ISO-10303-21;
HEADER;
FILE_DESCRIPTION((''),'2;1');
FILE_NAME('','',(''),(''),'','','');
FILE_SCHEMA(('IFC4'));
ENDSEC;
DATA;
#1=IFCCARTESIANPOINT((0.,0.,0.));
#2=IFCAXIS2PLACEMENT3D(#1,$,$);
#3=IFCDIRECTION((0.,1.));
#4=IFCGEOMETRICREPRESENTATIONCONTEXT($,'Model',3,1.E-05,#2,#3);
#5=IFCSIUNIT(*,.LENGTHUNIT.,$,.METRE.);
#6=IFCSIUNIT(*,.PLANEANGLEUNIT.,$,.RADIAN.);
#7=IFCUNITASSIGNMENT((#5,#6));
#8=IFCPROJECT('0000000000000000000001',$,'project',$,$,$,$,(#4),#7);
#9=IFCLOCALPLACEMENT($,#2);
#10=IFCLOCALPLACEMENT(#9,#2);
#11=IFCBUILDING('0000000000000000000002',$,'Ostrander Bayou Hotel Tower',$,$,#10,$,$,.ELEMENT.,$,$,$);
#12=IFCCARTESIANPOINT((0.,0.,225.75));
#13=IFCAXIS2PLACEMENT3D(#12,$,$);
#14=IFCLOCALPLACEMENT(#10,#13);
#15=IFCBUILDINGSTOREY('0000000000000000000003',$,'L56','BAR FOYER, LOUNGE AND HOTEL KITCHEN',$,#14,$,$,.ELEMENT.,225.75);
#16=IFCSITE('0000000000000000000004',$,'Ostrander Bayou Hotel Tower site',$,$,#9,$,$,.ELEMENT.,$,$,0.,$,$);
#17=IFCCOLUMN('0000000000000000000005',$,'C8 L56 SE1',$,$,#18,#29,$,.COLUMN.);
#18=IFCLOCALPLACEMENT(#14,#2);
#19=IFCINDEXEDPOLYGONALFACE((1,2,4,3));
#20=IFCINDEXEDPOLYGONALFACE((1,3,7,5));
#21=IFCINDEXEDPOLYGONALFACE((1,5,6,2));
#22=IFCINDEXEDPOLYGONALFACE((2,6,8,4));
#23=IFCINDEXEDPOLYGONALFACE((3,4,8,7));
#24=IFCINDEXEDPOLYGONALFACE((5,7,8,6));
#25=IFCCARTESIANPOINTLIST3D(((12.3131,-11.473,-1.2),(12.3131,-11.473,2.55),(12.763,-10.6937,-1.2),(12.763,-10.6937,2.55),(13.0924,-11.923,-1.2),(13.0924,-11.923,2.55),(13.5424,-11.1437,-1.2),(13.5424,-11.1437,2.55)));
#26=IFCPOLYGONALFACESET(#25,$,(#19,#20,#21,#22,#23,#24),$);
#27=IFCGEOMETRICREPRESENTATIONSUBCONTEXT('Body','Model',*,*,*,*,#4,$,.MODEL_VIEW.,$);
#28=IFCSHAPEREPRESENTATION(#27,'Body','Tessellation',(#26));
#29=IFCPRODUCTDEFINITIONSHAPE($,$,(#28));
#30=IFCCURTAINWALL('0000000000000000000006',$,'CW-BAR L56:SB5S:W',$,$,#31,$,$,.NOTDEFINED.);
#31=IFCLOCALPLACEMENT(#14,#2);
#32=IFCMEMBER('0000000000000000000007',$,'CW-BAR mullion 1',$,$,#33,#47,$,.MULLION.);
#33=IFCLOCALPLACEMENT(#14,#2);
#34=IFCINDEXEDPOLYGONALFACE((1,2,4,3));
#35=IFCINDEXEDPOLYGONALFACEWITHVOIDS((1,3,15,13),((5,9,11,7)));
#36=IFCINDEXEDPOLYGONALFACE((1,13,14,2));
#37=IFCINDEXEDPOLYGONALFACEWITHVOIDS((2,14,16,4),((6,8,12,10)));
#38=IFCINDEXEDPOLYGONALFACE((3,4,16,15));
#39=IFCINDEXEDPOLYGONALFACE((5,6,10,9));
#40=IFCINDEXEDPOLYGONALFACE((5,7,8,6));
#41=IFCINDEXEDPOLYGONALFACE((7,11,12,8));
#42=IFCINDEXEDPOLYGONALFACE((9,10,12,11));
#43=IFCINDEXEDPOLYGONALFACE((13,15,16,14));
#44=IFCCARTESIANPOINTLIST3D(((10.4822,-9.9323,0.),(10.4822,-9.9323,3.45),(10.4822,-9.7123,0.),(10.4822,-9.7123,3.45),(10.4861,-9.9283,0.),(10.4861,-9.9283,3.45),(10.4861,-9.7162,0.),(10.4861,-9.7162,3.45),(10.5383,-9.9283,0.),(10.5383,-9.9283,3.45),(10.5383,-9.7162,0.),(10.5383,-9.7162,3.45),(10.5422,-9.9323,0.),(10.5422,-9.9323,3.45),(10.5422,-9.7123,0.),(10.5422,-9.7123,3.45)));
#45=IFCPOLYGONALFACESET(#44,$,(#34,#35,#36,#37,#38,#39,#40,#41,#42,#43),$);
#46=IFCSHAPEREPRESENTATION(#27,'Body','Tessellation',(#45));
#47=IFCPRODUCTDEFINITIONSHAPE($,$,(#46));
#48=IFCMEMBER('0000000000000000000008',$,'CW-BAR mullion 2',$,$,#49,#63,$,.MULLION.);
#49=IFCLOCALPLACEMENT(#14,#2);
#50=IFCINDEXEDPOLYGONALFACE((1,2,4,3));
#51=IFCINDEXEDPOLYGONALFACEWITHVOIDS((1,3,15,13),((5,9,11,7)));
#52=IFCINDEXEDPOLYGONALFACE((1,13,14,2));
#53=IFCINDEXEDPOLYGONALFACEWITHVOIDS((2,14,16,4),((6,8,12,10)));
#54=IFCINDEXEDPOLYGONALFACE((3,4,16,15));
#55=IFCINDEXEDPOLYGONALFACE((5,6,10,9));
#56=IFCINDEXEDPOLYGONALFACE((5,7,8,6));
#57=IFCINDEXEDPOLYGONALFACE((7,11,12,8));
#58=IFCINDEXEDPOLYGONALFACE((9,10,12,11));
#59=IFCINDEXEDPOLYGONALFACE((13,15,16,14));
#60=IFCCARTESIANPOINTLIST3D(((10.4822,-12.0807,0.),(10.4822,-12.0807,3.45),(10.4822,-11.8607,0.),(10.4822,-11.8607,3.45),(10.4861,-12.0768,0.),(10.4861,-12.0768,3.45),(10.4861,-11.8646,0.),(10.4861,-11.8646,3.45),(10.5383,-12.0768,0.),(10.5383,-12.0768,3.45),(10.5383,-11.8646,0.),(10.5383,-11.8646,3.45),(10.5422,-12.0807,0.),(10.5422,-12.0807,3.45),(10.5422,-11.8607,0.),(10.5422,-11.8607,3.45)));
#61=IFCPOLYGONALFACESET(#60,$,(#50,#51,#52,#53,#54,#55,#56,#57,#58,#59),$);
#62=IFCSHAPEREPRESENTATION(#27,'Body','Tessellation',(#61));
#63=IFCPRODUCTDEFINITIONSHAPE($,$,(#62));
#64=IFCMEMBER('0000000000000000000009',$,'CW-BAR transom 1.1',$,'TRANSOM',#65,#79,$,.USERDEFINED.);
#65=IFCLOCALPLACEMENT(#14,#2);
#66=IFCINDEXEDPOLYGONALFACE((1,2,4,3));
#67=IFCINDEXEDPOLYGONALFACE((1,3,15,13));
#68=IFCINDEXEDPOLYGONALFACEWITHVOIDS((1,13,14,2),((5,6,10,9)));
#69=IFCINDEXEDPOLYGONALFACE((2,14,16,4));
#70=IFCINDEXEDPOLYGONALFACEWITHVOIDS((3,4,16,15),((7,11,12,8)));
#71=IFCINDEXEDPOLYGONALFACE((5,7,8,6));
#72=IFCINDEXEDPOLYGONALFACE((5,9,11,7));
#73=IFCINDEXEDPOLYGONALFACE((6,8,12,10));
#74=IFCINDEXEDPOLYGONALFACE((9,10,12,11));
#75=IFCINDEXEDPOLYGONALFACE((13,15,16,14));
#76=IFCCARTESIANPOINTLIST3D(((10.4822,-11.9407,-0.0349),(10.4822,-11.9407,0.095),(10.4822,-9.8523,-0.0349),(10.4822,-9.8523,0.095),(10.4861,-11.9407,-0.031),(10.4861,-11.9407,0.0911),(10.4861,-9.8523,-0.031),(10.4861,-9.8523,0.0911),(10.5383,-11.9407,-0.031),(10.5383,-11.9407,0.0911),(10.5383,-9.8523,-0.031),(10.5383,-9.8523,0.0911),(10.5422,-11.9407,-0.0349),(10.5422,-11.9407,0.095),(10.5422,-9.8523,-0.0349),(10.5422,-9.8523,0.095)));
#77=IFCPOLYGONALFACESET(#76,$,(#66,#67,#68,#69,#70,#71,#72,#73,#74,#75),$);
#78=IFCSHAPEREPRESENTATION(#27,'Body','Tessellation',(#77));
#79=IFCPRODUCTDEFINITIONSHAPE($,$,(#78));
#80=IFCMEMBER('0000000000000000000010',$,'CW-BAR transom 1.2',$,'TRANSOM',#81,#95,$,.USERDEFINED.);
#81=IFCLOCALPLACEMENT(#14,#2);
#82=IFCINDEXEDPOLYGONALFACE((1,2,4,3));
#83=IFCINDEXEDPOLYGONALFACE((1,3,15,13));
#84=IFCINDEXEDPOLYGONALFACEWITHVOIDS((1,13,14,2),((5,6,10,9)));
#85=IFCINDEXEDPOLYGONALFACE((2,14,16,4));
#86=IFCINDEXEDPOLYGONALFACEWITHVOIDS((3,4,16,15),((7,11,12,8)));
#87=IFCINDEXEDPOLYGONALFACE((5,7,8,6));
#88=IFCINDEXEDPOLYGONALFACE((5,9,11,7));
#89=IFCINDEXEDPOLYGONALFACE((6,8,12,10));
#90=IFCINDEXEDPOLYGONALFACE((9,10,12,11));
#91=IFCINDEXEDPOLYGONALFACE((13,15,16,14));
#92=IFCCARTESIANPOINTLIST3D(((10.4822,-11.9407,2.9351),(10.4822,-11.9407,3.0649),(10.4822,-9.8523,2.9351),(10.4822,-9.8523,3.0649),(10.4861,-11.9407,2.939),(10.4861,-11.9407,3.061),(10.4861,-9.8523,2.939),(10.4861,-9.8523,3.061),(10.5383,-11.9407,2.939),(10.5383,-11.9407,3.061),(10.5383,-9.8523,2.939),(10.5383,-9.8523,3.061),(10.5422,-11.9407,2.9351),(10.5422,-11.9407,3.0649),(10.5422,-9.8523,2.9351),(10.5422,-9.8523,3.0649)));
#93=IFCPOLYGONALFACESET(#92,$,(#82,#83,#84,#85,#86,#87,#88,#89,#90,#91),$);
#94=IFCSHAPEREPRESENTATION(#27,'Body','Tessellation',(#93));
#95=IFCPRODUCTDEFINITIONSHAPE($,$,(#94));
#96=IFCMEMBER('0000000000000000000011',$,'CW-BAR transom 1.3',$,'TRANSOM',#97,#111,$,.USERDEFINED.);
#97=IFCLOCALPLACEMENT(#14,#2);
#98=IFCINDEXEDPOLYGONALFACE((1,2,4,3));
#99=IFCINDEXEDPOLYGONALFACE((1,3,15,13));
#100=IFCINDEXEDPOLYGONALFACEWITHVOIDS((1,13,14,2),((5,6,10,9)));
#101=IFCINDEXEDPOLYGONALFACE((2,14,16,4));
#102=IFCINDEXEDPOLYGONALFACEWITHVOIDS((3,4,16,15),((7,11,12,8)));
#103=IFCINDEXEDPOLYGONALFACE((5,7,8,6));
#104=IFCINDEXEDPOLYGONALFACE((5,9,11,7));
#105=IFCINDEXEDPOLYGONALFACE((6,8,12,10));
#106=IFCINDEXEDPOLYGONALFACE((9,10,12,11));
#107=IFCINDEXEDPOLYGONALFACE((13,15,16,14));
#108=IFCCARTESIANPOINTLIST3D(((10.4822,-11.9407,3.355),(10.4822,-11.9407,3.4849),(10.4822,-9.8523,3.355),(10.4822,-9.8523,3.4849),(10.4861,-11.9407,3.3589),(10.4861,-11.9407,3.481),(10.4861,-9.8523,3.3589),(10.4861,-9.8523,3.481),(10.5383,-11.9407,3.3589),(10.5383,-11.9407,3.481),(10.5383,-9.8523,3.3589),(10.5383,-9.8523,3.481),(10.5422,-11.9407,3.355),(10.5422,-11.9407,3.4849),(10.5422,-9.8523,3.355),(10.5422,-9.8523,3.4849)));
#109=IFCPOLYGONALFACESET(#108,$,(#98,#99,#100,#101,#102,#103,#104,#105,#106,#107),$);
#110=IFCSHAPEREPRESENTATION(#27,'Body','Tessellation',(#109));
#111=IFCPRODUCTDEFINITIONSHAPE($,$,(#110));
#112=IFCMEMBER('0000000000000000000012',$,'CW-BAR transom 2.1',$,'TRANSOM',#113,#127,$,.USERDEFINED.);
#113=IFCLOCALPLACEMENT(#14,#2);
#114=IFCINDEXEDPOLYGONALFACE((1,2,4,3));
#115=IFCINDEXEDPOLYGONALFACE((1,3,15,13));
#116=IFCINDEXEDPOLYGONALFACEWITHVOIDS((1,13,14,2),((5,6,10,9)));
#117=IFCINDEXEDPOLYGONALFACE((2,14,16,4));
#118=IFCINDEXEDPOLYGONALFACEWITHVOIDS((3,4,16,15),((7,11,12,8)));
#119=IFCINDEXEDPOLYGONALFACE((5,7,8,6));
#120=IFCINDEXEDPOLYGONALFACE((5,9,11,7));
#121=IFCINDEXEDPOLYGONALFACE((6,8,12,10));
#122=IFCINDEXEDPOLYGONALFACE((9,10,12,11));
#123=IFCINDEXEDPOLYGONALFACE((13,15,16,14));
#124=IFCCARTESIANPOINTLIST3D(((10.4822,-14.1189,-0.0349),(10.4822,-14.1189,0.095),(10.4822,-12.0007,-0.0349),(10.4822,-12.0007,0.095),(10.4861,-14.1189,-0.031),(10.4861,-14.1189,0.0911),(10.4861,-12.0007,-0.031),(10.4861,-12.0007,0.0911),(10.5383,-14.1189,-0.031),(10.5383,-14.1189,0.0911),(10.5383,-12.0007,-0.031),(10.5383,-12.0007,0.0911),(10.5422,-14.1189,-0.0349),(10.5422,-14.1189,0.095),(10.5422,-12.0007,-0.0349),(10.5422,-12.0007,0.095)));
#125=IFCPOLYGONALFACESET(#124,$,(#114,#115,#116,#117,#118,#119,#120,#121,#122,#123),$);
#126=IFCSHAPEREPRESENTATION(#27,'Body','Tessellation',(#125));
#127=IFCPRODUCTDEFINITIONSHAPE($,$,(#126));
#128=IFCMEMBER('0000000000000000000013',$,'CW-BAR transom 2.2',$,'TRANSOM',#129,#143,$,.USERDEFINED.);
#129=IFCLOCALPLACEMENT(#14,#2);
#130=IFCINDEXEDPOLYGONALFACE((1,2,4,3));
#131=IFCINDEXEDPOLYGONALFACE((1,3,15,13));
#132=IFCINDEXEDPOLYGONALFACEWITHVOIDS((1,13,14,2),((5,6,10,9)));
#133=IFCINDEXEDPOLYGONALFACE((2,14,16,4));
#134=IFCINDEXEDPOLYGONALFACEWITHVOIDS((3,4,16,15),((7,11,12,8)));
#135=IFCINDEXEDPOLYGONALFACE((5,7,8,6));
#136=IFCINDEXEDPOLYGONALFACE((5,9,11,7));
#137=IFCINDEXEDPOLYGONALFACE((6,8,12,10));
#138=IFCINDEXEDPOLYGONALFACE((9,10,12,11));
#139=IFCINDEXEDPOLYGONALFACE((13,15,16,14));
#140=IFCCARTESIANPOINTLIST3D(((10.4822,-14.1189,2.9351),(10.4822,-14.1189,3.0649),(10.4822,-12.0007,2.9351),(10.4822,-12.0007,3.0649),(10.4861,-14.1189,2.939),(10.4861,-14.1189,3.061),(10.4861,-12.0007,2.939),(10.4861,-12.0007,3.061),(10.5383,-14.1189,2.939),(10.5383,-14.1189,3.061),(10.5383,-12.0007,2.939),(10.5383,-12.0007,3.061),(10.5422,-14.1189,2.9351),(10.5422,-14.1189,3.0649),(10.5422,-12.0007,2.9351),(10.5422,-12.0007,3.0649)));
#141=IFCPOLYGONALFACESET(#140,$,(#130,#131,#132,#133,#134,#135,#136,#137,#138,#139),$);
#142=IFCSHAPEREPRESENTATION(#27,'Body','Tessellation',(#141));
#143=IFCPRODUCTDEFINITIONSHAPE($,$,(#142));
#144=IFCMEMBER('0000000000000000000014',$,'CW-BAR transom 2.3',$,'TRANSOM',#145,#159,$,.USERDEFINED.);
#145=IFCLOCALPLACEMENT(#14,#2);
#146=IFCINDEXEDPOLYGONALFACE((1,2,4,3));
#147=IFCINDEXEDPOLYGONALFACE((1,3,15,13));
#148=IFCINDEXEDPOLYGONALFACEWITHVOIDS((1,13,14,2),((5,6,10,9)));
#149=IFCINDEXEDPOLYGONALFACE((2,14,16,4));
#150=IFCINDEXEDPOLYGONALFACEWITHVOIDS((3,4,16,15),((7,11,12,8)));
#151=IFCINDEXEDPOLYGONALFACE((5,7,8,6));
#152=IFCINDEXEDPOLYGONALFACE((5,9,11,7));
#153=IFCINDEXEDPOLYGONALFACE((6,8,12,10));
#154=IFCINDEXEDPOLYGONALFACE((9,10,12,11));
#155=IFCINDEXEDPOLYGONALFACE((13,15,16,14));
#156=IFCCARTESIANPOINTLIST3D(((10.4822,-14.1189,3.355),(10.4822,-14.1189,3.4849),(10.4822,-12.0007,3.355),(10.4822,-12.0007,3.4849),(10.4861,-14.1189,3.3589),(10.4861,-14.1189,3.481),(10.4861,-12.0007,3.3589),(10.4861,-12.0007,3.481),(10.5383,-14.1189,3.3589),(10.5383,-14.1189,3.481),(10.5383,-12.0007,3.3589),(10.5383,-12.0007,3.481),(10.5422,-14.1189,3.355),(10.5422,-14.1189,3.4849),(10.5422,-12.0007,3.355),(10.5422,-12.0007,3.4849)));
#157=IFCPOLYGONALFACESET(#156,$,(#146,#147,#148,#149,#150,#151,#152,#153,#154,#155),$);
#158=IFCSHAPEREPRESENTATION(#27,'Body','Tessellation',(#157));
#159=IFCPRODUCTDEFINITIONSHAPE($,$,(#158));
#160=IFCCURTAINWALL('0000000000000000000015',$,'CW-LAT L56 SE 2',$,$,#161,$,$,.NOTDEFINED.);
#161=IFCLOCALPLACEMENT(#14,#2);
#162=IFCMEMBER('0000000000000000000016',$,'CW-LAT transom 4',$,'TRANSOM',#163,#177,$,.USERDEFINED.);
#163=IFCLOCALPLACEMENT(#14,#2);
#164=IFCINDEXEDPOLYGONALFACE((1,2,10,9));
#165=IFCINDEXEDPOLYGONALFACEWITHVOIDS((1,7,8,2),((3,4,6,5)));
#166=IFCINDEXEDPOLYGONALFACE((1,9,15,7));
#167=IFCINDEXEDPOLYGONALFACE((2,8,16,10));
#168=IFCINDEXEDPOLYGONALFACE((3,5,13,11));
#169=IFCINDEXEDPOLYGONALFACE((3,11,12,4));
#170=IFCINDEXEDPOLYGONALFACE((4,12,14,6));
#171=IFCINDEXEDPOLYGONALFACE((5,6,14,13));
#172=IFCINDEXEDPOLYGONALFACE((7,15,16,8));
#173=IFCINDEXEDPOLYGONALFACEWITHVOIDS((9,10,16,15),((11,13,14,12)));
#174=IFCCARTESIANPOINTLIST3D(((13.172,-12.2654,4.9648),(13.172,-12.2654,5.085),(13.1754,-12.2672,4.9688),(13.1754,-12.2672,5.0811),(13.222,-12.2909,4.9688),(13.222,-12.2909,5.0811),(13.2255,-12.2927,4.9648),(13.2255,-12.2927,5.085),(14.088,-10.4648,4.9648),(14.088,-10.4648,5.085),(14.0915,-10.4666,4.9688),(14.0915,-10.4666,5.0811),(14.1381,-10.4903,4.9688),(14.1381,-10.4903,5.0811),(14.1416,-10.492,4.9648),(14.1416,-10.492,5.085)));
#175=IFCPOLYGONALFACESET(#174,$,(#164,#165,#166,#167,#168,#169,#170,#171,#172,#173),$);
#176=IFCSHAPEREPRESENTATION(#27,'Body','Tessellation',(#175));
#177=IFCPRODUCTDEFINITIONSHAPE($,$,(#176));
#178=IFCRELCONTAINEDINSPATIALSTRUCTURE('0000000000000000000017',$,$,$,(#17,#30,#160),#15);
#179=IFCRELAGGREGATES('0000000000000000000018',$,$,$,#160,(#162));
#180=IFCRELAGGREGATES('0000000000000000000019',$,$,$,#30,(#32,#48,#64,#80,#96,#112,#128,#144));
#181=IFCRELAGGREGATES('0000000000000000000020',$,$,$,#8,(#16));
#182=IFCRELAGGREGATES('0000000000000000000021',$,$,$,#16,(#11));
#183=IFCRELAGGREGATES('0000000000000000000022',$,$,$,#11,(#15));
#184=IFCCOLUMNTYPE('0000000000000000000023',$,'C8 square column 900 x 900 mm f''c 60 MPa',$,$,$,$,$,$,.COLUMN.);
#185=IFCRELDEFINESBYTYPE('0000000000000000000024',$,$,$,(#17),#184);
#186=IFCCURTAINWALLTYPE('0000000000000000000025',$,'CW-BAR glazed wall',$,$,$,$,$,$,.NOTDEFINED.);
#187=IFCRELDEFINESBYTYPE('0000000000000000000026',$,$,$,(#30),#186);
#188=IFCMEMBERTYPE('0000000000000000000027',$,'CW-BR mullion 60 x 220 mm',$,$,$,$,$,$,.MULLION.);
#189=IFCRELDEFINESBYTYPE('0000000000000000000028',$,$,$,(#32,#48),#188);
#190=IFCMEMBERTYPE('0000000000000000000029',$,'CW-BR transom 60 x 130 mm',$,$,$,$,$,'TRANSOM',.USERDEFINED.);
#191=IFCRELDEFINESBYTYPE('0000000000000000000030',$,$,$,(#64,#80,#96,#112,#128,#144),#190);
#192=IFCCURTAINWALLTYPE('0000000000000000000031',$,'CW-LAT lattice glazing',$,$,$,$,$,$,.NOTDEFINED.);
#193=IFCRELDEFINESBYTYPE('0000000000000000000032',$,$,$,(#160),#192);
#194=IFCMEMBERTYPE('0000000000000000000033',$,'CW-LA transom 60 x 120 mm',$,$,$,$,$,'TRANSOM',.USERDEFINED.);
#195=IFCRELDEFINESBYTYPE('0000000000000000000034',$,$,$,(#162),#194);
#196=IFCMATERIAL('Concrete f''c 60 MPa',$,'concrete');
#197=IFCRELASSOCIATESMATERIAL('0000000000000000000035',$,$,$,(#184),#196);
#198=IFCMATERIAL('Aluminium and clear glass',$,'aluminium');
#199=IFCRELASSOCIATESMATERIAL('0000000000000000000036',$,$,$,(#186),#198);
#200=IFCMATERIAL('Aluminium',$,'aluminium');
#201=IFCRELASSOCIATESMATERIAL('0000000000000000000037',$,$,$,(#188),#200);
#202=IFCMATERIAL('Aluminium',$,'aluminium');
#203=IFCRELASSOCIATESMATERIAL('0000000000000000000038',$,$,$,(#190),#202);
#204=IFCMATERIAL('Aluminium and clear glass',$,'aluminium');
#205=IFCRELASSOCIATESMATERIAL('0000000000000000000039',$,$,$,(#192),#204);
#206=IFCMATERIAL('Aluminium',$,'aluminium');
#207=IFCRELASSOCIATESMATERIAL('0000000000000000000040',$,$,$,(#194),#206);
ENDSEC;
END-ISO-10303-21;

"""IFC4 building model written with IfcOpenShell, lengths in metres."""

from ifc_helpers import new_model, si_unit, direction, frame, origin, origin_2d, place, context, subcontext, project, spatial, rectangle, hollow_rectangle, extrude, material, material_profile, profile_set, type_object, element, aggregate, save


model = new_model("IFC4")

# Units and contexts
model_context = context("Model", 3, precision=1e-05, world=origin(), true_north=direction((0.0, 1.0)))
body_context = subcontext(model_context, "Body", "Model", "MODEL_VIEW")
ifc_project = project(units=[si_unit("LENGTHUNIT", "METRE"), si_unit("PLANEANGLEUNIT", "RADIAN")], contexts=[model_context])

# Site, building, storey
site_placement = place(None, origin())
site = spatial("IfcSite", under=ifc_project, at=site_placement, Name="Ostrander Bayou Hotel Tower site", CompositionType="ELEMENT", RefElevation=0.0)
building_placement = place(site_placement, origin())
building = spatial("IfcBuilding", under=site, at=building_placement, Name="Ostrander Bayou Hotel Tower", CompositionType="ELEMENT")
storey_placement = place(building_placement, frame((0.0, 0.0, 225.75)))
storey = spatial("IfcBuildingStorey", under=building, at=storey_placement, Name="L56", Description="BAR FOYER, LOUNGE AND HOTEL KITCHEN", CompositionType="ELEMENT", Elevation=225.75)

# Column
ifc_material_1 = material(Name="Concrete f'c 60 MPa", Category="concrete")
ifc_material_profile_1 = material_profile(ifc_material_1, rectangle(XDim=0.8999, YDim=0.8999, at=origin_2d()))
ifc_profile_set_1 = profile_set([ifc_material_profile_1], Name="Concrete f'c 60 MPa")
column_type = type_object("IfcColumnType", Name="C8 square column 900 x 900 mm f'c 60 MPa", PredefinedType="COLUMN", material=ifc_profile_set_1)
column_placement = place(storey_placement, frame((12.9277, -11.3083, -1.2), z_axis=(0.0, 0.0, 1.0), x_axis=(-0.5, -0.866025, 0.0)))
element("IfcColumn", 1, at=column_placement, inside=storey, type_object=column_type, Name="C8 L56 SE1", PredefinedType="COLUMN", context=body_context, shape_type="SweptSolid", body=[
    extrude(rectangle(XDim=0.8999, YDim=0.8999, at=origin_2d()), origin(), (0.0, 0.0, 1.0), 3.75),
])

# Curtain wall, members
ifc_material_2 = material(Name="Aluminium and clear glass", Category="aluminium")
curtain_wall_type_1 = type_object("IfcCurtainWallType", Name="CW-BAR glazed wall", PredefinedType="NOTDEFINED", material=ifc_material_2)
curtain_wall_1_placement = place(storey_placement, origin())
curtain_wall_1 = element("IfcCurtainWall", 2, at=curtain_wall_1_placement, inside=storey, type_object=curtain_wall_type_1, Name="CW-BAR L56:SB5S:W", PredefinedType="NOTDEFINED")
ifc_material_3 = material(Name="Aluminium", Category="aluminium")
ifc_material_profile_2 = material_profile(ifc_material_3, hollow_rectangle(XDim=0.0601, YDim=0.22, WallThickness=0.0039, at=origin_2d()))
ifc_profile_set_2 = profile_set([ifc_material_profile_2], Name="Aluminium")
member_type_1 = type_object("IfcMemberType", Name="CW-BR mullion 60 x 220 mm", PredefinedType="MULLION", material=ifc_profile_set_2)
member_1_placement = place(storey_placement, frame((10.5122, -9.8223, 0.0), z_axis=(0.0, 0.0, 1.0), x_axis=(1.0, 0.0, 0.0)))
member_1 = element("IfcMember", 3, at=member_1_placement, type_object=member_type_1, Name="CW-BAR mullion 1", PredefinedType="MULLION", context=body_context, shape_type="SweptSolid", body=[
    extrude(hollow_rectangle(XDim=0.0601, YDim=0.22, WallThickness=0.0039, at=origin_2d()), origin(), (0.0, 0.0, 1.0), 3.45),
])
member_2_placement = place(storey_placement, frame((10.5122, -11.9707, 0.0), z_axis=(0.0, 0.0, 1.0), x_axis=(1.0, 0.0, 0.0)))
member_2 = element("IfcMember", 4, at=member_2_placement, type_object=member_type_1, Name="CW-BAR mullion 2", PredefinedType="MULLION", context=body_context, shape_type="SweptSolid", body=[
    extrude(hollow_rectangle(XDim=0.0601, YDim=0.22, WallThickness=0.0039, at=origin_2d()), origin(), (0.0, 0.0, 1.0), 3.45),
])
ifc_material_4 = material(Name="Aluminium", Category="aluminium")
ifc_material_profile_3 = material_profile(ifc_material_4, hollow_rectangle(XDim=0.0601, YDim=0.1299, WallThickness=0.0039, at=origin_2d()))
ifc_profile_set_3 = profile_set([ifc_material_profile_3], Name="Aluminium")
member_type_2 = type_object("IfcMemberType", Name="CW-BR transom 60 x 130 mm", ElementType="TRANSOM", PredefinedType="USERDEFINED", material=ifc_profile_set_3)
member_3_placement = place(storey_placement, frame((10.5122, -9.8523, 0.03), z_axis=(0.0, -1.0, 0.0), x_axis=(1.0, 0.0, 0.0)))
member_3 = element("IfcMember", 5, at=member_3_placement, type_object=member_type_2, Name="CW-BAR transom 1.1", ObjectType="TRANSOM", PredefinedType="USERDEFINED", context=body_context, shape_type="SweptSolid", body=[
    extrude(hollow_rectangle(XDim=0.0601, YDim=0.1299, WallThickness=0.0039, at=origin_2d()), origin(), (0.0, 0.0, 1.0), 2.0884),
])
member_4_placement = place(storey_placement, frame((10.5122, -9.8523, 3.0), z_axis=(0.0, -1.0, 0.0), x_axis=(1.0, 0.0, 0.0)))
member_4 = element("IfcMember", 6, at=member_4_placement, type_object=member_type_2, Name="CW-BAR transom 1.2", ObjectType="TRANSOM", PredefinedType="USERDEFINED", context=body_context, shape_type="SweptSolid", body=[
    extrude(hollow_rectangle(XDim=0.0601, YDim=0.1299, WallThickness=0.0039, at=origin_2d()), origin(), (0.0, 0.0, 1.0), 2.0884),
])
member_5_placement = place(storey_placement, frame((10.5122, -9.8523, 3.4199), z_axis=(0.0, -1.0, 0.0), x_axis=(1.0, 0.0, 0.0)))
member_5 = element("IfcMember", 7, at=member_5_placement, type_object=member_type_2, Name="CW-BAR transom 1.3", ObjectType="TRANSOM", PredefinedType="USERDEFINED", context=body_context, shape_type="SweptSolid", body=[
    extrude(hollow_rectangle(XDim=0.0601, YDim=0.1299, WallThickness=0.0039, at=origin_2d()), origin(), (0.0, 0.0, 1.0), 2.0884),
])
member_6_placement = place(storey_placement, frame((10.5122, -12.0007, 0.03), z_axis=(0.0, -1.0, 0.0), x_axis=(1.0, 0.0, 0.0)))
member_6 = element("IfcMember", 8, at=member_6_placement, type_object=member_type_2, Name="CW-BAR transom 2.1", ObjectType="TRANSOM", PredefinedType="USERDEFINED", context=body_context, shape_type="SweptSolid", body=[
    extrude(hollow_rectangle(XDim=0.0601, YDim=0.1299, WallThickness=0.0039, at=origin_2d()), origin(), (0.0, 0.0, 1.0), 2.1182),
])
member_7_placement = place(storey_placement, frame((10.5122, -12.0007, 3.0), z_axis=(0.0, -1.0, 0.0), x_axis=(1.0, 0.0, 0.0)))
member_7 = element("IfcMember", 9, at=member_7_placement, type_object=member_type_2, Name="CW-BAR transom 2.2", ObjectType="TRANSOM", PredefinedType="USERDEFINED", context=body_context, shape_type="SweptSolid", body=[
    extrude(hollow_rectangle(XDim=0.0601, YDim=0.1299, WallThickness=0.0039, at=origin_2d()), origin(), (0.0, 0.0, 1.0), 2.1182),
])
member_8_placement = place(storey_placement, frame((10.5122, -12.0007, 3.4199), z_axis=(0.0, -1.0, 0.0), x_axis=(1.0, 0.0, 0.0)))
member_8 = element("IfcMember", 10, at=member_8_placement, type_object=member_type_2, Name="CW-BAR transom 2.3", ObjectType="TRANSOM", PredefinedType="USERDEFINED", context=body_context, shape_type="SweptSolid", body=[
    extrude(hollow_rectangle(XDim=0.0601, YDim=0.1299, WallThickness=0.0039, at=origin_2d()), origin(), (0.0, 0.0, 1.0), 2.1182),
])

# Curtain wall, member
ifc_material_5 = material(Name="Aluminium and clear glass", Category="aluminium")
curtain_wall_type_2 = type_object("IfcCurtainWallType", Name="CW-LAT lattice glazing", PredefinedType="NOTDEFINED", material=ifc_material_5)
curtain_wall_2_placement = place(storey_placement, origin())
curtain_wall_2 = element("IfcCurtainWall", 11, at=curtain_wall_2_placement, inside=storey, type_object=curtain_wall_type_2, Name="CW-LAT L56 SE 2", PredefinedType="NOTDEFINED")
ifc_material_6 = material(Name="Aluminium", Category="aluminium")
ifc_material_profile_4 = material_profile(ifc_material_6, hollow_rectangle(XDim=0.0601, YDim=0.1201, WallThickness=0.0039, at=origin_2d()))
ifc_profile_set_4 = profile_set([ifc_material_profile_4], Name="Aluminium")
member_type_3 = type_object("IfcMemberType", Name="CW-LA transom 60 x 120 mm", ElementType="TRANSOM", PredefinedType="USERDEFINED", material=ifc_profile_set_4)
member_9_placement = place(storey_placement, frame((13.1987, -12.2791, 5.0249), z_axis=(0.453439, 0.891287, 0.0), x_axis=(-0.891287, 0.453439, 0.0)))
member_9 = element("IfcMember", 12, at=member_9_placement, type_object=member_type_3, Name="CW-LAT transom 4", ObjectType="TRANSOM", PredefinedType="USERDEFINED", context=body_context, shape_type="SweptSolid", body=[
    extrude(hollow_rectangle(XDim=0.0601, YDim=0.1201, WallThickness=0.0039, at=origin_2d()), origin(), (0.0, 0.0, 1.0), 2.0203),
])
aggregate(curtain_wall_2, [member_9])

aggregate(curtain_wall_1, [member_1, member_2, member_3, member_4, member_5, member_6, member_7, member_8])

save(model, "model.ifc")
